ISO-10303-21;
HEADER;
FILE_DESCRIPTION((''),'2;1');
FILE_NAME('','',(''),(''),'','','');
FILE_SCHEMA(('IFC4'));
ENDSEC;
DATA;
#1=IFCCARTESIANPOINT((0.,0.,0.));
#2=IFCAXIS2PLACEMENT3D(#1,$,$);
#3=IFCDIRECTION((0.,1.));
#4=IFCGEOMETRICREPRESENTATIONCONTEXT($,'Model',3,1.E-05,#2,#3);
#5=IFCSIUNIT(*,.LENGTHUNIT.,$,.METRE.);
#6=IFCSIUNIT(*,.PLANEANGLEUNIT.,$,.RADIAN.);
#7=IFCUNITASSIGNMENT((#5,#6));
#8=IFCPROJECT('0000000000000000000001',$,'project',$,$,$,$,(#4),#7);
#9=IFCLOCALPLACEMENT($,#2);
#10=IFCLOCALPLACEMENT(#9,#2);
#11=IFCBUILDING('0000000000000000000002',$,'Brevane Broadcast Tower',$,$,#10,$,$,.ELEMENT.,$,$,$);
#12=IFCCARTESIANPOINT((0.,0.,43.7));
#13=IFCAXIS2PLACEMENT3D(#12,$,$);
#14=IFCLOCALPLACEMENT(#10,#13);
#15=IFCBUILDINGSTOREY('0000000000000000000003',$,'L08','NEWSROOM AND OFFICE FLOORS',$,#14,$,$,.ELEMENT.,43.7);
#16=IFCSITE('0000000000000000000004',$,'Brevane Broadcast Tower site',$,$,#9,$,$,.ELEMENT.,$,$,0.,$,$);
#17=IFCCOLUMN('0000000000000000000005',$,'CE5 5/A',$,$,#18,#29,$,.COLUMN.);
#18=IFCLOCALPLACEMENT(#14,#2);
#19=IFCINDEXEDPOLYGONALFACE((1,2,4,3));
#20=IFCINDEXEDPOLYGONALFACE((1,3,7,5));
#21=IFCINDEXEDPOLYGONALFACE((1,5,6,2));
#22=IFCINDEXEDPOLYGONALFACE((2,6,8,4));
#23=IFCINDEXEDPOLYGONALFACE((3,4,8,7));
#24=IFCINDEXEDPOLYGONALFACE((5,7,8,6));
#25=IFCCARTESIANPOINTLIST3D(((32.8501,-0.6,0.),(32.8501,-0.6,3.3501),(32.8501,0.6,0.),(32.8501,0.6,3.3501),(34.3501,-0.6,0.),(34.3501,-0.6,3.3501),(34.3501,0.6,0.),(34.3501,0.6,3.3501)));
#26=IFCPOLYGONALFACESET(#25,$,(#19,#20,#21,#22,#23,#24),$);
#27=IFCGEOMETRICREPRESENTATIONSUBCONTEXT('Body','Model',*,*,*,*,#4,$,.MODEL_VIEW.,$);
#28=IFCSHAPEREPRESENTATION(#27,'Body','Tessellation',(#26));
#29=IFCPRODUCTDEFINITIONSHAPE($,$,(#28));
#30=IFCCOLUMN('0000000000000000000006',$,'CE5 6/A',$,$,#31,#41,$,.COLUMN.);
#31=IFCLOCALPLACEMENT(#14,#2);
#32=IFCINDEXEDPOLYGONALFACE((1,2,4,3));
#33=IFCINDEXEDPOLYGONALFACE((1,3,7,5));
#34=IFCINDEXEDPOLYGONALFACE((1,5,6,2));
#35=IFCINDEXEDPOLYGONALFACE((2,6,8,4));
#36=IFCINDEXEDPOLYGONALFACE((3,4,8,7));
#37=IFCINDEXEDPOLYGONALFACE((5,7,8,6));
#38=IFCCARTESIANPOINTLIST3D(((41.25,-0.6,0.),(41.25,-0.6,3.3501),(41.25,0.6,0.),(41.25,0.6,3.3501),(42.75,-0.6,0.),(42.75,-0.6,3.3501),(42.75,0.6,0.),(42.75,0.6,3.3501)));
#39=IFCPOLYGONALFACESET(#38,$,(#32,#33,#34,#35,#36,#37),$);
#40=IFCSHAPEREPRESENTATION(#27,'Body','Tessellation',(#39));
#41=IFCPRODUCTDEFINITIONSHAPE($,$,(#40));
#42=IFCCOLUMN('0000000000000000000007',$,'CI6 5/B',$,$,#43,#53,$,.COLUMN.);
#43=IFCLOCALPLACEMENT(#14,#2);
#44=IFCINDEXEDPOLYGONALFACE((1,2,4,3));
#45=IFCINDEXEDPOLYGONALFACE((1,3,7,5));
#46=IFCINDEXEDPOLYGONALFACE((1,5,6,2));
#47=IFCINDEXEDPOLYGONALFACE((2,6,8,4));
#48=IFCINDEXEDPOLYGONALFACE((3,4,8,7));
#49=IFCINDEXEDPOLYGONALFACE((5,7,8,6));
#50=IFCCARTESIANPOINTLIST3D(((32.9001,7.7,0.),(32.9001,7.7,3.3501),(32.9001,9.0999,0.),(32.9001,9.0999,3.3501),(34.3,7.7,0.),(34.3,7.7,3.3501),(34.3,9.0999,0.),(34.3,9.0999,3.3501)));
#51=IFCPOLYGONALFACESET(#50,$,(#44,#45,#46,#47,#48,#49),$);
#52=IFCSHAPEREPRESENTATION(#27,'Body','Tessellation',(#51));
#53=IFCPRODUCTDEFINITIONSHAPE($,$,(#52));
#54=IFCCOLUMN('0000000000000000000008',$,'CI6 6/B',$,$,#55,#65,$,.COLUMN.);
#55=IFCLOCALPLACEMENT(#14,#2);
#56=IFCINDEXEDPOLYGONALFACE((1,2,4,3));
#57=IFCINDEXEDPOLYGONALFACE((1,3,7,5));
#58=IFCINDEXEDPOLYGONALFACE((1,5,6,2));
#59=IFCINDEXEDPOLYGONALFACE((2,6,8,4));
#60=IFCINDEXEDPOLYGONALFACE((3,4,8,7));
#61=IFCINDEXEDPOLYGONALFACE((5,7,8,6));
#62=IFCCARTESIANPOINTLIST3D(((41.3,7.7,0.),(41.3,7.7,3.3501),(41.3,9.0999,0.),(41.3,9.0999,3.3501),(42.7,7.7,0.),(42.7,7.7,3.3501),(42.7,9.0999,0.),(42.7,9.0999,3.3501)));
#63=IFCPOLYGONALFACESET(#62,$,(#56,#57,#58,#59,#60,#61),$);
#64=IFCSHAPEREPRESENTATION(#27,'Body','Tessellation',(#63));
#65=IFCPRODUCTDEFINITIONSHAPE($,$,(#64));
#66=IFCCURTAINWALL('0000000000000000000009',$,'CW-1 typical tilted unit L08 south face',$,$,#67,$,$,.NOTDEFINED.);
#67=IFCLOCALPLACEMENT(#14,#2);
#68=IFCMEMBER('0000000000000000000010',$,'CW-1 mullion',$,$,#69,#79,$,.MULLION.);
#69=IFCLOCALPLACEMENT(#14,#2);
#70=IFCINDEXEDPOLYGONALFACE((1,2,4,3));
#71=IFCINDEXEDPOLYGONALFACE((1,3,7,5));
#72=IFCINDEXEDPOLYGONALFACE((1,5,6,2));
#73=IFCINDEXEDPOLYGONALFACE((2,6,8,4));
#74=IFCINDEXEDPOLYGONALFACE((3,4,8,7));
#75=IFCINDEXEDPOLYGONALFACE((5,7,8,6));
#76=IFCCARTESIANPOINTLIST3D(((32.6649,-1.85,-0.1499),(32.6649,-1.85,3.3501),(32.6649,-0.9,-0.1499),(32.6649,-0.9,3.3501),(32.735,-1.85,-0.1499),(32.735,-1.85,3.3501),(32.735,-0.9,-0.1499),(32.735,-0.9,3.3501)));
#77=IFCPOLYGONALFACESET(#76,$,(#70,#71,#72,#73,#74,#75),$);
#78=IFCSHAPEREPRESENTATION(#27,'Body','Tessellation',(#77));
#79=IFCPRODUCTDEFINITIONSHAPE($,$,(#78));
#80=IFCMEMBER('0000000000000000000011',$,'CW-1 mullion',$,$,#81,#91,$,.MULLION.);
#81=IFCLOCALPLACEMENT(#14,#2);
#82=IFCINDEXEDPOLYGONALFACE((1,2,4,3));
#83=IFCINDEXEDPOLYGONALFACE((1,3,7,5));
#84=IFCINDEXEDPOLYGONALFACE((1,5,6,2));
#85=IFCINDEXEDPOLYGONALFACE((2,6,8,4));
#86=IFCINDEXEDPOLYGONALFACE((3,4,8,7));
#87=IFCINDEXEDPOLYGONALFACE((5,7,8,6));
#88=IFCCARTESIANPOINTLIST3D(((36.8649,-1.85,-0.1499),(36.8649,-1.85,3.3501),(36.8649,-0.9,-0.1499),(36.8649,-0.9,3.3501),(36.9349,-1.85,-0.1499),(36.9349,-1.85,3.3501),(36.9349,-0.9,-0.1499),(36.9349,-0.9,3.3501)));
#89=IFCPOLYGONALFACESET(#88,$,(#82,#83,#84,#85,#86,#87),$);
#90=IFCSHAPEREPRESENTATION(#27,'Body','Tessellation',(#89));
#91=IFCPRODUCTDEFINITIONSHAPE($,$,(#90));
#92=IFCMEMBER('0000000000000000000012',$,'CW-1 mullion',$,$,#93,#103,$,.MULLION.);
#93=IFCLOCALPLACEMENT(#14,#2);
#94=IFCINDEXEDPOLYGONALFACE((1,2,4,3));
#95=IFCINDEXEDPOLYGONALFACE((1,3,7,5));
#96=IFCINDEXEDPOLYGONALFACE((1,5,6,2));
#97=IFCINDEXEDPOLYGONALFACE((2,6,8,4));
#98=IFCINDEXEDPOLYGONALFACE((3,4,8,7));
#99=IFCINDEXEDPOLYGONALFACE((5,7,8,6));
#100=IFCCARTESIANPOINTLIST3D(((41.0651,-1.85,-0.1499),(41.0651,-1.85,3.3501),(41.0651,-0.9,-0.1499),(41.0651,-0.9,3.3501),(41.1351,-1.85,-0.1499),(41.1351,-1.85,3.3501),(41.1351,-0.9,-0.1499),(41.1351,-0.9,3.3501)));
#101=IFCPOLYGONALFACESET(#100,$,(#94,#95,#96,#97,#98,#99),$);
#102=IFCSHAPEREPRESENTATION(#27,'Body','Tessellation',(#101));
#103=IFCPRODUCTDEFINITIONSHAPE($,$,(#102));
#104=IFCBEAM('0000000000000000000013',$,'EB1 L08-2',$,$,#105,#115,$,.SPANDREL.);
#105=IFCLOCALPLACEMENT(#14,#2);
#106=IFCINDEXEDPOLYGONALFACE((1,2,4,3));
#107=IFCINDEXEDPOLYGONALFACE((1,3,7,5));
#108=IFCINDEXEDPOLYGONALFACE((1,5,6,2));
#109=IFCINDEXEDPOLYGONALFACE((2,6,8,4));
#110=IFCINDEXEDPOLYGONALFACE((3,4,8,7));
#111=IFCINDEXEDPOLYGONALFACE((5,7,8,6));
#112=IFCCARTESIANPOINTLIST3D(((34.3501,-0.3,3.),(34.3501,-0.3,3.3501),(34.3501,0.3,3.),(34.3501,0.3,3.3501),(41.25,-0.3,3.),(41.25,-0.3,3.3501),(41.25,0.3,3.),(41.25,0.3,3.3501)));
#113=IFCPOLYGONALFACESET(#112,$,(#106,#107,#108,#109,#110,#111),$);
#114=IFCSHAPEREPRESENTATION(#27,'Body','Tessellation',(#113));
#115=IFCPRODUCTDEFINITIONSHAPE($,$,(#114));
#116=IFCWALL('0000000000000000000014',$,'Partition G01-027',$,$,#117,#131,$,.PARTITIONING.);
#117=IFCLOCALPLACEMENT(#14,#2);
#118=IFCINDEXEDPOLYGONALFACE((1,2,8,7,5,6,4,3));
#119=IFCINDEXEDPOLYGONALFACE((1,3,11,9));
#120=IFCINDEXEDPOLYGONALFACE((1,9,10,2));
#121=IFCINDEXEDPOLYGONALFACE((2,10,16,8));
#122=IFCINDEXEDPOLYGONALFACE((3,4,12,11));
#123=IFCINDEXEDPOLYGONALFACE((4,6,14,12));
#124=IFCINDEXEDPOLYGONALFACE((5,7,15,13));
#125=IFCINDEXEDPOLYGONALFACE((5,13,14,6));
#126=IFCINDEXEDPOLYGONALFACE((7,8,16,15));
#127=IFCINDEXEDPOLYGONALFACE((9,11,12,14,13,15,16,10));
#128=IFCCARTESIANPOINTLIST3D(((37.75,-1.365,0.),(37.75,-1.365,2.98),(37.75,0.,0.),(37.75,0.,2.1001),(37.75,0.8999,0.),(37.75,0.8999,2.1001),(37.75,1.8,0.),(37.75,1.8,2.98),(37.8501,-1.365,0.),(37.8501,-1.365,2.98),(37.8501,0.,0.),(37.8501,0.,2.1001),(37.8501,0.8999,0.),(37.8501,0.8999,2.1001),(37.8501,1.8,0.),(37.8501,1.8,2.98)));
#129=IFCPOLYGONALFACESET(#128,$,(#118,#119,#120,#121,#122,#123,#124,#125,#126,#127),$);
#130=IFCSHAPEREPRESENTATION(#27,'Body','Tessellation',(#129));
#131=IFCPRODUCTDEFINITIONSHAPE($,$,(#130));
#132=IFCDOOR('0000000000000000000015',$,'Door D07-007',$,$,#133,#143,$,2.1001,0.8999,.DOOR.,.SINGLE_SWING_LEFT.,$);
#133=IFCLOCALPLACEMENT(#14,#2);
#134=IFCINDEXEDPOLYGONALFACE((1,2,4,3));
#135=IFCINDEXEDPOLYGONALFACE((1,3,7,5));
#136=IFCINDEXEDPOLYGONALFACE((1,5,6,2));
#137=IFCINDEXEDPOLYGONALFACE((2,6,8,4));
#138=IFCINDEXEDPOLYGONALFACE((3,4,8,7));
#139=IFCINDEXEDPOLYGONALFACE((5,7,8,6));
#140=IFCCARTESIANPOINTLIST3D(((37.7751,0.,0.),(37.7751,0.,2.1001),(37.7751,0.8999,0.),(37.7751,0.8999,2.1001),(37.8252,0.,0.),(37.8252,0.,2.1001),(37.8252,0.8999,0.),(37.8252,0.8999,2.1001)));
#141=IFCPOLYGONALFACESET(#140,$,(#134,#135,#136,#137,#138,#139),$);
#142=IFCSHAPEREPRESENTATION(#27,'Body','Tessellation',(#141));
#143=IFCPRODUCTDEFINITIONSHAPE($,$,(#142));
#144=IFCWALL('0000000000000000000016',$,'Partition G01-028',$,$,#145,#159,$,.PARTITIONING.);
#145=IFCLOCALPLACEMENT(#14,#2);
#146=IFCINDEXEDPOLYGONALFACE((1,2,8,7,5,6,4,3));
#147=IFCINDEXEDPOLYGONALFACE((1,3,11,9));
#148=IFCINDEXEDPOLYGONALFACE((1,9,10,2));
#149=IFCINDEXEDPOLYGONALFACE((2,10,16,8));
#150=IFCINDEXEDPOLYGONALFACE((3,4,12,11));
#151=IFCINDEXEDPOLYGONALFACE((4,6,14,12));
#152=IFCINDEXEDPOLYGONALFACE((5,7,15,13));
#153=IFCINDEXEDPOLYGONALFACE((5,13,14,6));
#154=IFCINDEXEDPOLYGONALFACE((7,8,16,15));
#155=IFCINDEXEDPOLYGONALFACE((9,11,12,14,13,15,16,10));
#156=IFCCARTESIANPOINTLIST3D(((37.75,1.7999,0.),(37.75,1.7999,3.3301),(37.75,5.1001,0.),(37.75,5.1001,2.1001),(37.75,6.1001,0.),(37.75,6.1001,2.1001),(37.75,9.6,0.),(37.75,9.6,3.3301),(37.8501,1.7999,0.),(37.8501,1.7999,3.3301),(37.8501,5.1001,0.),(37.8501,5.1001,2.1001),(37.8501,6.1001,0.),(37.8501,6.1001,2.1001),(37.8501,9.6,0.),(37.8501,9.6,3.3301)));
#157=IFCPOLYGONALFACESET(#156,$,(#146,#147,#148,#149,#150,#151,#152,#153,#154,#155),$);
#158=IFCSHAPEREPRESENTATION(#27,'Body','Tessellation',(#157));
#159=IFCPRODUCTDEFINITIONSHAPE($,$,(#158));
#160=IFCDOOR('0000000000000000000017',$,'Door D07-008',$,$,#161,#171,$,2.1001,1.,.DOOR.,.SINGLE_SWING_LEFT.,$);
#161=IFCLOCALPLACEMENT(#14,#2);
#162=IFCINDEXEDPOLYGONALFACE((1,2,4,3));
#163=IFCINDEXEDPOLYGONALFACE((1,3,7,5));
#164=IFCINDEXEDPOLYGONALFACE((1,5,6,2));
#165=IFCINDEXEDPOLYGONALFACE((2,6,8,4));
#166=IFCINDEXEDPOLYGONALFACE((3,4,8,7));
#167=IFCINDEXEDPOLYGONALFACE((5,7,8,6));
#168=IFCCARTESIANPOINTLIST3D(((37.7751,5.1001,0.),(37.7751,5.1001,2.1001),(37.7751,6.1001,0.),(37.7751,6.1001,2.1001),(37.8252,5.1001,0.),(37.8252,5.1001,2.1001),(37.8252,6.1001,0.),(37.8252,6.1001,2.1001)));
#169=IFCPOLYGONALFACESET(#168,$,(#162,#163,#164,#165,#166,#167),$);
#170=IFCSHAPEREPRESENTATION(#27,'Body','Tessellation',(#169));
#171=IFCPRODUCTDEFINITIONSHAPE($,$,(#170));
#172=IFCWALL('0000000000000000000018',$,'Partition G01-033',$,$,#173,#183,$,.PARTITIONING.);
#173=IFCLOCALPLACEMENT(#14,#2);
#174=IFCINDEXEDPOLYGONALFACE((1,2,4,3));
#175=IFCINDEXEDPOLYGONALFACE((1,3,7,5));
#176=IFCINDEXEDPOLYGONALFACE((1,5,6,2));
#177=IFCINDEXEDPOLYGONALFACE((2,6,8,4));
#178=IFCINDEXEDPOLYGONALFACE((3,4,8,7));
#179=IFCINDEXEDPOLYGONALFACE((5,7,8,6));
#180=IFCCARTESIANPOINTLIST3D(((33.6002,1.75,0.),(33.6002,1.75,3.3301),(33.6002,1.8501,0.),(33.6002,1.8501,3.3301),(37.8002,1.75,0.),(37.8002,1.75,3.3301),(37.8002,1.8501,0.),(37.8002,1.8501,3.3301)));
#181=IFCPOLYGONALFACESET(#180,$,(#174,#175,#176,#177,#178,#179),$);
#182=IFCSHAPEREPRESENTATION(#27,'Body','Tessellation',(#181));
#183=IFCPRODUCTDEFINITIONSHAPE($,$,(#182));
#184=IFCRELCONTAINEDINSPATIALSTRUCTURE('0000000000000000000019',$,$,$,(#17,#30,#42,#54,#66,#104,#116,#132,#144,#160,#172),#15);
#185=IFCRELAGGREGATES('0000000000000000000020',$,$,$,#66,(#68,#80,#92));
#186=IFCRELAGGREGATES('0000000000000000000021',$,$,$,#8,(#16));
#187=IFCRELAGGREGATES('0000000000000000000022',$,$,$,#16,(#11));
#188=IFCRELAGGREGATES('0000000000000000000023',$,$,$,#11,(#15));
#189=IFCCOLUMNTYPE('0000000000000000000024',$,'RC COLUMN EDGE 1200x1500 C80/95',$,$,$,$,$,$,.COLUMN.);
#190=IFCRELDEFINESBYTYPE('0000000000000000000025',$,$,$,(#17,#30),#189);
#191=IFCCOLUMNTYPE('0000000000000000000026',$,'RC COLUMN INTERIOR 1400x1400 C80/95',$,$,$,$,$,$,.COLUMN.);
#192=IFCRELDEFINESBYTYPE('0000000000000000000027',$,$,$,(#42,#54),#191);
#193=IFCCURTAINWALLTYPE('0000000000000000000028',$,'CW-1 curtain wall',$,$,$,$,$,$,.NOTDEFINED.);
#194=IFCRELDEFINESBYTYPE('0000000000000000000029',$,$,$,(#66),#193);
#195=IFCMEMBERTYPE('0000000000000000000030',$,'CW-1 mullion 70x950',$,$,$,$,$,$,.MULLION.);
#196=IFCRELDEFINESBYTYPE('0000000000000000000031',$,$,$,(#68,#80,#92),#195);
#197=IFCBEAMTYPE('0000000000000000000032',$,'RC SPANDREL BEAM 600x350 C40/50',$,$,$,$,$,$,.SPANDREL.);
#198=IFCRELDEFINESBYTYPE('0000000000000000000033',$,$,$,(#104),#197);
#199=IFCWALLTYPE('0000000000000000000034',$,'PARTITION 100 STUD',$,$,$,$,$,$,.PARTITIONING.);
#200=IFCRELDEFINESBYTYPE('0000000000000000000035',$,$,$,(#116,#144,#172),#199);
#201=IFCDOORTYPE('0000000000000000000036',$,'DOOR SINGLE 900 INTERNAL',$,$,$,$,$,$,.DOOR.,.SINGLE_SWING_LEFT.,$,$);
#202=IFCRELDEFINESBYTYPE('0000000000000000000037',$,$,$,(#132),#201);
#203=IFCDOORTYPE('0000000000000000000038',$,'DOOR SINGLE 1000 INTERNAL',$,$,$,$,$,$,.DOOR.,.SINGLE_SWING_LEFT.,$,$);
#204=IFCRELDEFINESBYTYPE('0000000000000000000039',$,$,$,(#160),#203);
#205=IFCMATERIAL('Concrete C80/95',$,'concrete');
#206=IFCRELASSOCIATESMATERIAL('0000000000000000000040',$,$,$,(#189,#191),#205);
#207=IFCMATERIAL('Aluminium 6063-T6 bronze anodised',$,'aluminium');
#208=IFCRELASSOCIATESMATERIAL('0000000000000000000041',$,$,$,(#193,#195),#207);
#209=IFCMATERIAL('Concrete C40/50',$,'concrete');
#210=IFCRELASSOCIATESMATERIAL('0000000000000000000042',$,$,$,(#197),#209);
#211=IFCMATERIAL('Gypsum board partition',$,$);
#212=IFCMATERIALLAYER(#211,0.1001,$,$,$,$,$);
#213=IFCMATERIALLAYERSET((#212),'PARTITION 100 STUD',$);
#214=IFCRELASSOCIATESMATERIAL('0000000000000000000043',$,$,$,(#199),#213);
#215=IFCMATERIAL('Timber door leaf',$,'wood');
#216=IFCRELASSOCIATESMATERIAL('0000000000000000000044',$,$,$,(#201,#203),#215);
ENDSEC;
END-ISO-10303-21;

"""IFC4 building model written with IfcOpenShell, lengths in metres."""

from ifc_helpers import new_model, si_unit, direction, frame, frame_2d, origin, origin_2d, place, context, subcontext, project, spatial, rectangle, extrude, material, layer, layer_set, material_profile, profile_set, type_object, element, fill, aggregate, save


model = new_model("IFC4")

# Units and contexts
model_context = context("Model", 3, precision=1e-05, world=origin(), true_north=direction((0.0, 1.0)))
body_context = subcontext(model_context, "Body", "Model", "MODEL_VIEW")
ifc_project = project(units=[si_unit("LENGTHUNIT", "METRE"), si_unit("PLANEANGLEUNIT", "RADIAN")], contexts=[model_context])

# Site, building, storey
site_placement = place(None, origin())
site = spatial("IfcSite", under=ifc_project, at=site_placement, Name="Brevane Broadcast Tower site", CompositionType="ELEMENT", RefElevation=0.0)
building_placement = place(site_placement, origin())
building = spatial("IfcBuilding", under=site, at=building_placement, Name="Brevane Broadcast Tower", CompositionType="ELEMENT")
storey_placement = place(building_placement, frame((0.0, 0.0, 43.7)))
storey = spatial("IfcBuildingStorey", under=building, at=storey_placement, Name="L08", Description="NEWSROOM AND OFFICE FLOORS", CompositionType="ELEMENT", Elevation=43.7)

# Columns
ifc_material_1 = material(Name="Concrete C80/95", Category="concrete")
ifc_material_profile_1 = material_profile(ifc_material_1, rectangle(XDim=1.2, YDim=1.5, at=origin_2d()), Name="RC 1200x1500")
ifc_profile_set_1 = profile_set([ifc_material_profile_1], Name="Concrete C80/95")
column_type_1 = type_object("IfcColumnType", Name="RC COLUMN EDGE 1200x1500 C80/95", PredefinedType="COLUMN", material=ifc_profile_set_1)
for number, where, z_axis, x_axis, name in (
    (1, (33.6001, 0.0, 0.0), (0.0, 0.0, 1.0), (0.0, 1.0, 0.0), "CE5 5/A"),
    (2, (42.0, 0.0, 0.0), (0.0, 0.0, 1.0), (0.0, 1.0, 0.0), "CE5 6/A"),
):
    element("IfcColumn", number, at=place(storey_placement, frame(where, z_axis=z_axis, x_axis=x_axis)), inside=storey, type_object=column_type_1, Name=name, PredefinedType="COLUMN", context=body_context, shape_type="SweptSolid", body=[
        extrude(rectangle(XDim=1.2, YDim=1.5, at=origin_2d()), origin(), (0.0, 0.0, 1.0), 3.3501),
    ])
ifc_material_profile_2 = material_profile(ifc_material_1, rectangle(XDim=1.3999, YDim=1.3999, at=origin_2d()), Name="RC 1400x1400")
ifc_profile_set_2 = profile_set([ifc_material_profile_2], Name="Concrete C80/95")
column_type_2 = type_object("IfcColumnType", Name="RC COLUMN INTERIOR 1400x1400 C80/95", PredefinedType="COLUMN", material=ifc_profile_set_2)
for number, where, z_axis, x_axis, name in (
    (3, (33.6001, 8.3999, 0.0), (0.0, 0.0, 1.0), (1.0, 0.0, 0.0), "CI6 5/B"),
    (4, (42.0, 8.3999, 0.0), (0.0, 0.0, 1.0), (1.0, 0.0, 0.0), "CI6 6/B"),
):
    element("IfcColumn", number, at=place(storey_placement, frame(where, z_axis=z_axis, x_axis=x_axis)), inside=storey, type_object=column_type_2, Name=name, PredefinedType="COLUMN", context=body_context, shape_type="SweptSolid", body=[
        extrude(rectangle(XDim=1.3999, YDim=1.3999, at=origin_2d()), origin(), (0.0, 0.0, 1.0), 3.3501),
    ])

# Curtain wall, members
ifc_material_2 = material(Name="Aluminium 6063-T6 bronze anodised", Category="aluminium")
curtain_wall_type = type_object("IfcCurtainWallType", Name="CW-1 curtain wall", PredefinedType="NOTDEFINED", material=ifc_material_2)
curtain_wall_placement = place(storey_placement, origin())
curtain_wall = element("IfcCurtainWall", 5, at=curtain_wall_placement, inside=storey, type_object=curtain_wall_type, Name="CW-1 typical tilted unit L08 south face", PredefinedType="NOTDEFINED")
ifc_material_profile_3 = material_profile(ifc_material_2, rectangle(XDim=0.95, YDim=0.0701, at=origin_2d()), Name="RECT 70x950")
ifc_profile_set_3 = profile_set([ifc_material_profile_3], Name="Aluminium 6063-T6 bronze anodised")
member_type = type_object("IfcMemberType", Name="CW-1 mullion 70x950", PredefinedType="MULLION", material=ifc_profile_set_3)
member_1_placement = place(storey_placement, frame((32.7, -1.375, -0.1499), z_axis=(0.0, 0.0, 1.0), x_axis=(0.0, 1.0, 0.0)))
member_1 = element("IfcMember", 6, at=member_1_placement, type_object=member_type, Name="CW-1 mullion", PredefinedType="MULLION", context=body_context, shape_type="SweptSolid", body=[
    extrude(rectangle(XDim=0.95, YDim=0.0701, at=origin_2d()), origin(), (0.0, 0.0, 1.0), 3.5),
])
member_2_placement = place(storey_placement, frame((36.8999, -1.375, -0.1499), z_axis=(0.0, 0.0, 1.0), x_axis=(0.0, 1.0, 0.0)))
member_2 = element("IfcMember", 7, at=member_2_placement, type_object=member_type, Name="CW-1 mullion", PredefinedType="MULLION", context=body_context, shape_type="SweptSolid", body=[
    extrude(rectangle(XDim=0.95, YDim=0.0701, at=origin_2d()), origin(), (0.0, 0.0, 1.0), 3.5),
])
member_3_placement = place(storey_placement, frame((41.1001, -1.375, -0.1499), z_axis=(0.0, 0.0, 1.0), x_axis=(0.0, 1.0, 0.0)))
member_3 = element("IfcMember", 8, at=member_3_placement, type_object=member_type, Name="CW-1 mullion", PredefinedType="MULLION", context=body_context, shape_type="SweptSolid", body=[
    extrude(rectangle(XDim=0.95, YDim=0.0701, at=origin_2d()), origin(), (0.0, 0.0, 1.0), 3.5),
])
aggregate(curtain_wall, [member_1, member_2, member_3])

# Beam
ifc_material_3 = material(Name="Concrete C40/50", Category="concrete")
ifc_material_profile_4 = material_profile(ifc_material_3, rectangle(XDim=0.6001, YDim=0.3501, at=origin_2d()), Name="RC 600x350")
ifc_profile_set_4 = profile_set([ifc_material_profile_4], Name="Concrete C40/50")
beam_type = type_object("IfcBeamType", Name="RC SPANDREL BEAM 600x350 C40/50", PredefinedType="SPANDREL", material=ifc_profile_set_4)
beam_placement = place(storey_placement, frame((34.3501, 0.0, 3.175), z_axis=(1.0, 0.0, 0.0), x_axis=(0.0, 1.0, 0.0)))
element("IfcBeam", 9, at=beam_placement, inside=storey, type_object=beam_type, Name="EB1 L08-2", PredefinedType="SPANDREL", context=body_context, shape_type="SweptSolid", body=[
    extrude(rectangle(XDim=0.6001, YDim=0.3501, at=origin_2d()), origin(), (0.0, 0.0, 1.0), 6.8999),
])

# Walls, openings, doors
ifc_material_4 = material(Name="Gypsum board partition")
ifc_layer_1 = layer(ifc_material_4, 0.1001)
ifc_layer_set_1 = layer_set([ifc_layer_1], Name="PARTITION 100 STUD")
wall_type_1 = type_object("IfcWallType", Name="PARTITION 100 STUD", PredefinedType="PARTITIONING", material=ifc_layer_set_1)
wall_1_placement = place(storey_placement, frame((37.8, -1.365, 0.0), z_axis=(0.0, 0.0, 1.0), x_axis=(0.0, 1.0, 0.0)))
wall_1 = element("IfcWall", 10, at=wall_1_placement, inside=storey, type_object=wall_type_1, Name="Partition G01-027", PredefinedType="PARTITIONING", context=body_context, shape_type="SweptSolid", body=[
    extrude(rectangle(XDim=3.165, YDim=0.1001, at=frame_2d((1.5825, 0.0))), origin(), (0.0, 0.0, 1.0), 2.98),
])
opening_1_placement = place(wall_1_placement, frame((1.365, 0.0, 0.0)))
opening_1 = element("IfcOpeningElement", 11, at=opening_1_placement, cuts=wall_1, PredefinedType="OPENING", context=body_context, shape_type="SweptSolid", body=[
    extrude(rectangle(XDim=0.8999, YDim=2.1001, at=frame_2d((0.45, 1.05))), frame((0.0, 0.0601, 0.0), z_axis=(0.0, -1.0, 0.0), x_axis=(1.0, 0.0, 0.0)), (0.0, 0.0, 1.0), 0.1201),
])
ifc_material_5 = material(Name="Timber door leaf", Category="wood")
door_type_1 = type_object("IfcDoorType", Name="DOOR SINGLE 900 INTERNAL", OperationType="SINGLE_SWING_LEFT", PredefinedType="DOOR", material=ifc_material_5)
door_1_placement = place(opening_1_placement, origin())
door_1 = element("IfcDoor", 12, at=door_1_placement, inside=storey, type_object=door_type_1, Name="Door D07-007", OperationType="SINGLE_SWING_LEFT", OverallHeight=2.1001, OverallWidth=0.8999, PredefinedType="DOOR", context=body_context, shape_type="SweptSolid", body=[
    extrude(rectangle(XDim=0.8999, YDim=2.1001, at=frame_2d((0.45, 1.05))), frame((0.0, 0.0249, 0.0), z_axis=(0.0, -1.0, 0.0), x_axis=(1.0, 0.0, 0.0)), (0.0, 0.0, 1.0), 0.05),
])
fill(opening_1, door_1)
wall_2_placement = place(storey_placement, frame((37.8, 1.8, 0.0), z_axis=(0.0, 0.0, 1.0), x_axis=(0.0, 1.0, 0.0)))
wall_2 = element("IfcWall", 13, at=wall_2_placement, inside=storey, type_object=wall_type_1, Name="Partition G01-028", PredefinedType="PARTITIONING", context=body_context, shape_type="SweptSolid", body=[
    extrude(rectangle(XDim=7.8, YDim=0.1001, at=frame_2d((3.8999, 0.0))), origin(), (0.0, 0.0, 1.0), 3.3301),
])
opening_2_placement = place(wall_2_placement, frame((3.3, 0.0, 0.0)))
opening_2 = element("IfcOpeningElement", 14, at=opening_2_placement, cuts=wall_2, PredefinedType="OPENING", context=body_context, shape_type="SweptSolid", body=[
    extrude(rectangle(XDim=1.0, YDim=2.1001, at=frame_2d((0.5, 1.05))), frame((0.0, 0.0601, 0.0), z_axis=(0.0, -1.0, 0.0), x_axis=(1.0, 0.0, 0.0)), (0.0, 0.0, 1.0), 0.1201),
])
door_type_2 = type_object("IfcDoorType", Name="DOOR SINGLE 1000 INTERNAL", OperationType="SINGLE_SWING_LEFT", PredefinedType="DOOR", material=ifc_material_5)
door_2_placement = place(opening_2_placement, origin())
door_2 = element("IfcDoor", 15, at=door_2_placement, inside=storey, type_object=door_type_2, Name="Door D07-008", OperationType="SINGLE_SWING_LEFT", OverallHeight=2.1001, OverallWidth=1.0, PredefinedType="DOOR", context=body_context, shape_type="SweptSolid", body=[
    extrude(rectangle(XDim=1.0, YDim=2.1001, at=frame_2d((0.5, 1.05))), frame((0.0, 0.0249, 0.0), z_axis=(0.0, -1.0, 0.0), x_axis=(1.0, 0.0, 0.0)), (0.0, 0.0, 1.0), 0.05),
])
fill(opening_2, door_2)

# Wall
wall_3_placement = place(storey_placement, frame((33.6001, 1.8, 0.0), z_axis=(0.0, 0.0, 1.0), x_axis=(1.0, 0.0, 0.0)))
element("IfcWall", 16, at=wall_3_placement, inside=storey, type_object=wall_type_1, Name="Partition G01-033", PredefinedType="PARTITIONING", context=body_context, shape_type="SweptSolid", body=[
    extrude(rectangle(XDim=4.2, YDim=0.1001, at=frame_2d((2.1001, 0.0))), origin(), (0.0, 0.0, 1.0), 3.3301),
])

save(model, "model.ifc")
